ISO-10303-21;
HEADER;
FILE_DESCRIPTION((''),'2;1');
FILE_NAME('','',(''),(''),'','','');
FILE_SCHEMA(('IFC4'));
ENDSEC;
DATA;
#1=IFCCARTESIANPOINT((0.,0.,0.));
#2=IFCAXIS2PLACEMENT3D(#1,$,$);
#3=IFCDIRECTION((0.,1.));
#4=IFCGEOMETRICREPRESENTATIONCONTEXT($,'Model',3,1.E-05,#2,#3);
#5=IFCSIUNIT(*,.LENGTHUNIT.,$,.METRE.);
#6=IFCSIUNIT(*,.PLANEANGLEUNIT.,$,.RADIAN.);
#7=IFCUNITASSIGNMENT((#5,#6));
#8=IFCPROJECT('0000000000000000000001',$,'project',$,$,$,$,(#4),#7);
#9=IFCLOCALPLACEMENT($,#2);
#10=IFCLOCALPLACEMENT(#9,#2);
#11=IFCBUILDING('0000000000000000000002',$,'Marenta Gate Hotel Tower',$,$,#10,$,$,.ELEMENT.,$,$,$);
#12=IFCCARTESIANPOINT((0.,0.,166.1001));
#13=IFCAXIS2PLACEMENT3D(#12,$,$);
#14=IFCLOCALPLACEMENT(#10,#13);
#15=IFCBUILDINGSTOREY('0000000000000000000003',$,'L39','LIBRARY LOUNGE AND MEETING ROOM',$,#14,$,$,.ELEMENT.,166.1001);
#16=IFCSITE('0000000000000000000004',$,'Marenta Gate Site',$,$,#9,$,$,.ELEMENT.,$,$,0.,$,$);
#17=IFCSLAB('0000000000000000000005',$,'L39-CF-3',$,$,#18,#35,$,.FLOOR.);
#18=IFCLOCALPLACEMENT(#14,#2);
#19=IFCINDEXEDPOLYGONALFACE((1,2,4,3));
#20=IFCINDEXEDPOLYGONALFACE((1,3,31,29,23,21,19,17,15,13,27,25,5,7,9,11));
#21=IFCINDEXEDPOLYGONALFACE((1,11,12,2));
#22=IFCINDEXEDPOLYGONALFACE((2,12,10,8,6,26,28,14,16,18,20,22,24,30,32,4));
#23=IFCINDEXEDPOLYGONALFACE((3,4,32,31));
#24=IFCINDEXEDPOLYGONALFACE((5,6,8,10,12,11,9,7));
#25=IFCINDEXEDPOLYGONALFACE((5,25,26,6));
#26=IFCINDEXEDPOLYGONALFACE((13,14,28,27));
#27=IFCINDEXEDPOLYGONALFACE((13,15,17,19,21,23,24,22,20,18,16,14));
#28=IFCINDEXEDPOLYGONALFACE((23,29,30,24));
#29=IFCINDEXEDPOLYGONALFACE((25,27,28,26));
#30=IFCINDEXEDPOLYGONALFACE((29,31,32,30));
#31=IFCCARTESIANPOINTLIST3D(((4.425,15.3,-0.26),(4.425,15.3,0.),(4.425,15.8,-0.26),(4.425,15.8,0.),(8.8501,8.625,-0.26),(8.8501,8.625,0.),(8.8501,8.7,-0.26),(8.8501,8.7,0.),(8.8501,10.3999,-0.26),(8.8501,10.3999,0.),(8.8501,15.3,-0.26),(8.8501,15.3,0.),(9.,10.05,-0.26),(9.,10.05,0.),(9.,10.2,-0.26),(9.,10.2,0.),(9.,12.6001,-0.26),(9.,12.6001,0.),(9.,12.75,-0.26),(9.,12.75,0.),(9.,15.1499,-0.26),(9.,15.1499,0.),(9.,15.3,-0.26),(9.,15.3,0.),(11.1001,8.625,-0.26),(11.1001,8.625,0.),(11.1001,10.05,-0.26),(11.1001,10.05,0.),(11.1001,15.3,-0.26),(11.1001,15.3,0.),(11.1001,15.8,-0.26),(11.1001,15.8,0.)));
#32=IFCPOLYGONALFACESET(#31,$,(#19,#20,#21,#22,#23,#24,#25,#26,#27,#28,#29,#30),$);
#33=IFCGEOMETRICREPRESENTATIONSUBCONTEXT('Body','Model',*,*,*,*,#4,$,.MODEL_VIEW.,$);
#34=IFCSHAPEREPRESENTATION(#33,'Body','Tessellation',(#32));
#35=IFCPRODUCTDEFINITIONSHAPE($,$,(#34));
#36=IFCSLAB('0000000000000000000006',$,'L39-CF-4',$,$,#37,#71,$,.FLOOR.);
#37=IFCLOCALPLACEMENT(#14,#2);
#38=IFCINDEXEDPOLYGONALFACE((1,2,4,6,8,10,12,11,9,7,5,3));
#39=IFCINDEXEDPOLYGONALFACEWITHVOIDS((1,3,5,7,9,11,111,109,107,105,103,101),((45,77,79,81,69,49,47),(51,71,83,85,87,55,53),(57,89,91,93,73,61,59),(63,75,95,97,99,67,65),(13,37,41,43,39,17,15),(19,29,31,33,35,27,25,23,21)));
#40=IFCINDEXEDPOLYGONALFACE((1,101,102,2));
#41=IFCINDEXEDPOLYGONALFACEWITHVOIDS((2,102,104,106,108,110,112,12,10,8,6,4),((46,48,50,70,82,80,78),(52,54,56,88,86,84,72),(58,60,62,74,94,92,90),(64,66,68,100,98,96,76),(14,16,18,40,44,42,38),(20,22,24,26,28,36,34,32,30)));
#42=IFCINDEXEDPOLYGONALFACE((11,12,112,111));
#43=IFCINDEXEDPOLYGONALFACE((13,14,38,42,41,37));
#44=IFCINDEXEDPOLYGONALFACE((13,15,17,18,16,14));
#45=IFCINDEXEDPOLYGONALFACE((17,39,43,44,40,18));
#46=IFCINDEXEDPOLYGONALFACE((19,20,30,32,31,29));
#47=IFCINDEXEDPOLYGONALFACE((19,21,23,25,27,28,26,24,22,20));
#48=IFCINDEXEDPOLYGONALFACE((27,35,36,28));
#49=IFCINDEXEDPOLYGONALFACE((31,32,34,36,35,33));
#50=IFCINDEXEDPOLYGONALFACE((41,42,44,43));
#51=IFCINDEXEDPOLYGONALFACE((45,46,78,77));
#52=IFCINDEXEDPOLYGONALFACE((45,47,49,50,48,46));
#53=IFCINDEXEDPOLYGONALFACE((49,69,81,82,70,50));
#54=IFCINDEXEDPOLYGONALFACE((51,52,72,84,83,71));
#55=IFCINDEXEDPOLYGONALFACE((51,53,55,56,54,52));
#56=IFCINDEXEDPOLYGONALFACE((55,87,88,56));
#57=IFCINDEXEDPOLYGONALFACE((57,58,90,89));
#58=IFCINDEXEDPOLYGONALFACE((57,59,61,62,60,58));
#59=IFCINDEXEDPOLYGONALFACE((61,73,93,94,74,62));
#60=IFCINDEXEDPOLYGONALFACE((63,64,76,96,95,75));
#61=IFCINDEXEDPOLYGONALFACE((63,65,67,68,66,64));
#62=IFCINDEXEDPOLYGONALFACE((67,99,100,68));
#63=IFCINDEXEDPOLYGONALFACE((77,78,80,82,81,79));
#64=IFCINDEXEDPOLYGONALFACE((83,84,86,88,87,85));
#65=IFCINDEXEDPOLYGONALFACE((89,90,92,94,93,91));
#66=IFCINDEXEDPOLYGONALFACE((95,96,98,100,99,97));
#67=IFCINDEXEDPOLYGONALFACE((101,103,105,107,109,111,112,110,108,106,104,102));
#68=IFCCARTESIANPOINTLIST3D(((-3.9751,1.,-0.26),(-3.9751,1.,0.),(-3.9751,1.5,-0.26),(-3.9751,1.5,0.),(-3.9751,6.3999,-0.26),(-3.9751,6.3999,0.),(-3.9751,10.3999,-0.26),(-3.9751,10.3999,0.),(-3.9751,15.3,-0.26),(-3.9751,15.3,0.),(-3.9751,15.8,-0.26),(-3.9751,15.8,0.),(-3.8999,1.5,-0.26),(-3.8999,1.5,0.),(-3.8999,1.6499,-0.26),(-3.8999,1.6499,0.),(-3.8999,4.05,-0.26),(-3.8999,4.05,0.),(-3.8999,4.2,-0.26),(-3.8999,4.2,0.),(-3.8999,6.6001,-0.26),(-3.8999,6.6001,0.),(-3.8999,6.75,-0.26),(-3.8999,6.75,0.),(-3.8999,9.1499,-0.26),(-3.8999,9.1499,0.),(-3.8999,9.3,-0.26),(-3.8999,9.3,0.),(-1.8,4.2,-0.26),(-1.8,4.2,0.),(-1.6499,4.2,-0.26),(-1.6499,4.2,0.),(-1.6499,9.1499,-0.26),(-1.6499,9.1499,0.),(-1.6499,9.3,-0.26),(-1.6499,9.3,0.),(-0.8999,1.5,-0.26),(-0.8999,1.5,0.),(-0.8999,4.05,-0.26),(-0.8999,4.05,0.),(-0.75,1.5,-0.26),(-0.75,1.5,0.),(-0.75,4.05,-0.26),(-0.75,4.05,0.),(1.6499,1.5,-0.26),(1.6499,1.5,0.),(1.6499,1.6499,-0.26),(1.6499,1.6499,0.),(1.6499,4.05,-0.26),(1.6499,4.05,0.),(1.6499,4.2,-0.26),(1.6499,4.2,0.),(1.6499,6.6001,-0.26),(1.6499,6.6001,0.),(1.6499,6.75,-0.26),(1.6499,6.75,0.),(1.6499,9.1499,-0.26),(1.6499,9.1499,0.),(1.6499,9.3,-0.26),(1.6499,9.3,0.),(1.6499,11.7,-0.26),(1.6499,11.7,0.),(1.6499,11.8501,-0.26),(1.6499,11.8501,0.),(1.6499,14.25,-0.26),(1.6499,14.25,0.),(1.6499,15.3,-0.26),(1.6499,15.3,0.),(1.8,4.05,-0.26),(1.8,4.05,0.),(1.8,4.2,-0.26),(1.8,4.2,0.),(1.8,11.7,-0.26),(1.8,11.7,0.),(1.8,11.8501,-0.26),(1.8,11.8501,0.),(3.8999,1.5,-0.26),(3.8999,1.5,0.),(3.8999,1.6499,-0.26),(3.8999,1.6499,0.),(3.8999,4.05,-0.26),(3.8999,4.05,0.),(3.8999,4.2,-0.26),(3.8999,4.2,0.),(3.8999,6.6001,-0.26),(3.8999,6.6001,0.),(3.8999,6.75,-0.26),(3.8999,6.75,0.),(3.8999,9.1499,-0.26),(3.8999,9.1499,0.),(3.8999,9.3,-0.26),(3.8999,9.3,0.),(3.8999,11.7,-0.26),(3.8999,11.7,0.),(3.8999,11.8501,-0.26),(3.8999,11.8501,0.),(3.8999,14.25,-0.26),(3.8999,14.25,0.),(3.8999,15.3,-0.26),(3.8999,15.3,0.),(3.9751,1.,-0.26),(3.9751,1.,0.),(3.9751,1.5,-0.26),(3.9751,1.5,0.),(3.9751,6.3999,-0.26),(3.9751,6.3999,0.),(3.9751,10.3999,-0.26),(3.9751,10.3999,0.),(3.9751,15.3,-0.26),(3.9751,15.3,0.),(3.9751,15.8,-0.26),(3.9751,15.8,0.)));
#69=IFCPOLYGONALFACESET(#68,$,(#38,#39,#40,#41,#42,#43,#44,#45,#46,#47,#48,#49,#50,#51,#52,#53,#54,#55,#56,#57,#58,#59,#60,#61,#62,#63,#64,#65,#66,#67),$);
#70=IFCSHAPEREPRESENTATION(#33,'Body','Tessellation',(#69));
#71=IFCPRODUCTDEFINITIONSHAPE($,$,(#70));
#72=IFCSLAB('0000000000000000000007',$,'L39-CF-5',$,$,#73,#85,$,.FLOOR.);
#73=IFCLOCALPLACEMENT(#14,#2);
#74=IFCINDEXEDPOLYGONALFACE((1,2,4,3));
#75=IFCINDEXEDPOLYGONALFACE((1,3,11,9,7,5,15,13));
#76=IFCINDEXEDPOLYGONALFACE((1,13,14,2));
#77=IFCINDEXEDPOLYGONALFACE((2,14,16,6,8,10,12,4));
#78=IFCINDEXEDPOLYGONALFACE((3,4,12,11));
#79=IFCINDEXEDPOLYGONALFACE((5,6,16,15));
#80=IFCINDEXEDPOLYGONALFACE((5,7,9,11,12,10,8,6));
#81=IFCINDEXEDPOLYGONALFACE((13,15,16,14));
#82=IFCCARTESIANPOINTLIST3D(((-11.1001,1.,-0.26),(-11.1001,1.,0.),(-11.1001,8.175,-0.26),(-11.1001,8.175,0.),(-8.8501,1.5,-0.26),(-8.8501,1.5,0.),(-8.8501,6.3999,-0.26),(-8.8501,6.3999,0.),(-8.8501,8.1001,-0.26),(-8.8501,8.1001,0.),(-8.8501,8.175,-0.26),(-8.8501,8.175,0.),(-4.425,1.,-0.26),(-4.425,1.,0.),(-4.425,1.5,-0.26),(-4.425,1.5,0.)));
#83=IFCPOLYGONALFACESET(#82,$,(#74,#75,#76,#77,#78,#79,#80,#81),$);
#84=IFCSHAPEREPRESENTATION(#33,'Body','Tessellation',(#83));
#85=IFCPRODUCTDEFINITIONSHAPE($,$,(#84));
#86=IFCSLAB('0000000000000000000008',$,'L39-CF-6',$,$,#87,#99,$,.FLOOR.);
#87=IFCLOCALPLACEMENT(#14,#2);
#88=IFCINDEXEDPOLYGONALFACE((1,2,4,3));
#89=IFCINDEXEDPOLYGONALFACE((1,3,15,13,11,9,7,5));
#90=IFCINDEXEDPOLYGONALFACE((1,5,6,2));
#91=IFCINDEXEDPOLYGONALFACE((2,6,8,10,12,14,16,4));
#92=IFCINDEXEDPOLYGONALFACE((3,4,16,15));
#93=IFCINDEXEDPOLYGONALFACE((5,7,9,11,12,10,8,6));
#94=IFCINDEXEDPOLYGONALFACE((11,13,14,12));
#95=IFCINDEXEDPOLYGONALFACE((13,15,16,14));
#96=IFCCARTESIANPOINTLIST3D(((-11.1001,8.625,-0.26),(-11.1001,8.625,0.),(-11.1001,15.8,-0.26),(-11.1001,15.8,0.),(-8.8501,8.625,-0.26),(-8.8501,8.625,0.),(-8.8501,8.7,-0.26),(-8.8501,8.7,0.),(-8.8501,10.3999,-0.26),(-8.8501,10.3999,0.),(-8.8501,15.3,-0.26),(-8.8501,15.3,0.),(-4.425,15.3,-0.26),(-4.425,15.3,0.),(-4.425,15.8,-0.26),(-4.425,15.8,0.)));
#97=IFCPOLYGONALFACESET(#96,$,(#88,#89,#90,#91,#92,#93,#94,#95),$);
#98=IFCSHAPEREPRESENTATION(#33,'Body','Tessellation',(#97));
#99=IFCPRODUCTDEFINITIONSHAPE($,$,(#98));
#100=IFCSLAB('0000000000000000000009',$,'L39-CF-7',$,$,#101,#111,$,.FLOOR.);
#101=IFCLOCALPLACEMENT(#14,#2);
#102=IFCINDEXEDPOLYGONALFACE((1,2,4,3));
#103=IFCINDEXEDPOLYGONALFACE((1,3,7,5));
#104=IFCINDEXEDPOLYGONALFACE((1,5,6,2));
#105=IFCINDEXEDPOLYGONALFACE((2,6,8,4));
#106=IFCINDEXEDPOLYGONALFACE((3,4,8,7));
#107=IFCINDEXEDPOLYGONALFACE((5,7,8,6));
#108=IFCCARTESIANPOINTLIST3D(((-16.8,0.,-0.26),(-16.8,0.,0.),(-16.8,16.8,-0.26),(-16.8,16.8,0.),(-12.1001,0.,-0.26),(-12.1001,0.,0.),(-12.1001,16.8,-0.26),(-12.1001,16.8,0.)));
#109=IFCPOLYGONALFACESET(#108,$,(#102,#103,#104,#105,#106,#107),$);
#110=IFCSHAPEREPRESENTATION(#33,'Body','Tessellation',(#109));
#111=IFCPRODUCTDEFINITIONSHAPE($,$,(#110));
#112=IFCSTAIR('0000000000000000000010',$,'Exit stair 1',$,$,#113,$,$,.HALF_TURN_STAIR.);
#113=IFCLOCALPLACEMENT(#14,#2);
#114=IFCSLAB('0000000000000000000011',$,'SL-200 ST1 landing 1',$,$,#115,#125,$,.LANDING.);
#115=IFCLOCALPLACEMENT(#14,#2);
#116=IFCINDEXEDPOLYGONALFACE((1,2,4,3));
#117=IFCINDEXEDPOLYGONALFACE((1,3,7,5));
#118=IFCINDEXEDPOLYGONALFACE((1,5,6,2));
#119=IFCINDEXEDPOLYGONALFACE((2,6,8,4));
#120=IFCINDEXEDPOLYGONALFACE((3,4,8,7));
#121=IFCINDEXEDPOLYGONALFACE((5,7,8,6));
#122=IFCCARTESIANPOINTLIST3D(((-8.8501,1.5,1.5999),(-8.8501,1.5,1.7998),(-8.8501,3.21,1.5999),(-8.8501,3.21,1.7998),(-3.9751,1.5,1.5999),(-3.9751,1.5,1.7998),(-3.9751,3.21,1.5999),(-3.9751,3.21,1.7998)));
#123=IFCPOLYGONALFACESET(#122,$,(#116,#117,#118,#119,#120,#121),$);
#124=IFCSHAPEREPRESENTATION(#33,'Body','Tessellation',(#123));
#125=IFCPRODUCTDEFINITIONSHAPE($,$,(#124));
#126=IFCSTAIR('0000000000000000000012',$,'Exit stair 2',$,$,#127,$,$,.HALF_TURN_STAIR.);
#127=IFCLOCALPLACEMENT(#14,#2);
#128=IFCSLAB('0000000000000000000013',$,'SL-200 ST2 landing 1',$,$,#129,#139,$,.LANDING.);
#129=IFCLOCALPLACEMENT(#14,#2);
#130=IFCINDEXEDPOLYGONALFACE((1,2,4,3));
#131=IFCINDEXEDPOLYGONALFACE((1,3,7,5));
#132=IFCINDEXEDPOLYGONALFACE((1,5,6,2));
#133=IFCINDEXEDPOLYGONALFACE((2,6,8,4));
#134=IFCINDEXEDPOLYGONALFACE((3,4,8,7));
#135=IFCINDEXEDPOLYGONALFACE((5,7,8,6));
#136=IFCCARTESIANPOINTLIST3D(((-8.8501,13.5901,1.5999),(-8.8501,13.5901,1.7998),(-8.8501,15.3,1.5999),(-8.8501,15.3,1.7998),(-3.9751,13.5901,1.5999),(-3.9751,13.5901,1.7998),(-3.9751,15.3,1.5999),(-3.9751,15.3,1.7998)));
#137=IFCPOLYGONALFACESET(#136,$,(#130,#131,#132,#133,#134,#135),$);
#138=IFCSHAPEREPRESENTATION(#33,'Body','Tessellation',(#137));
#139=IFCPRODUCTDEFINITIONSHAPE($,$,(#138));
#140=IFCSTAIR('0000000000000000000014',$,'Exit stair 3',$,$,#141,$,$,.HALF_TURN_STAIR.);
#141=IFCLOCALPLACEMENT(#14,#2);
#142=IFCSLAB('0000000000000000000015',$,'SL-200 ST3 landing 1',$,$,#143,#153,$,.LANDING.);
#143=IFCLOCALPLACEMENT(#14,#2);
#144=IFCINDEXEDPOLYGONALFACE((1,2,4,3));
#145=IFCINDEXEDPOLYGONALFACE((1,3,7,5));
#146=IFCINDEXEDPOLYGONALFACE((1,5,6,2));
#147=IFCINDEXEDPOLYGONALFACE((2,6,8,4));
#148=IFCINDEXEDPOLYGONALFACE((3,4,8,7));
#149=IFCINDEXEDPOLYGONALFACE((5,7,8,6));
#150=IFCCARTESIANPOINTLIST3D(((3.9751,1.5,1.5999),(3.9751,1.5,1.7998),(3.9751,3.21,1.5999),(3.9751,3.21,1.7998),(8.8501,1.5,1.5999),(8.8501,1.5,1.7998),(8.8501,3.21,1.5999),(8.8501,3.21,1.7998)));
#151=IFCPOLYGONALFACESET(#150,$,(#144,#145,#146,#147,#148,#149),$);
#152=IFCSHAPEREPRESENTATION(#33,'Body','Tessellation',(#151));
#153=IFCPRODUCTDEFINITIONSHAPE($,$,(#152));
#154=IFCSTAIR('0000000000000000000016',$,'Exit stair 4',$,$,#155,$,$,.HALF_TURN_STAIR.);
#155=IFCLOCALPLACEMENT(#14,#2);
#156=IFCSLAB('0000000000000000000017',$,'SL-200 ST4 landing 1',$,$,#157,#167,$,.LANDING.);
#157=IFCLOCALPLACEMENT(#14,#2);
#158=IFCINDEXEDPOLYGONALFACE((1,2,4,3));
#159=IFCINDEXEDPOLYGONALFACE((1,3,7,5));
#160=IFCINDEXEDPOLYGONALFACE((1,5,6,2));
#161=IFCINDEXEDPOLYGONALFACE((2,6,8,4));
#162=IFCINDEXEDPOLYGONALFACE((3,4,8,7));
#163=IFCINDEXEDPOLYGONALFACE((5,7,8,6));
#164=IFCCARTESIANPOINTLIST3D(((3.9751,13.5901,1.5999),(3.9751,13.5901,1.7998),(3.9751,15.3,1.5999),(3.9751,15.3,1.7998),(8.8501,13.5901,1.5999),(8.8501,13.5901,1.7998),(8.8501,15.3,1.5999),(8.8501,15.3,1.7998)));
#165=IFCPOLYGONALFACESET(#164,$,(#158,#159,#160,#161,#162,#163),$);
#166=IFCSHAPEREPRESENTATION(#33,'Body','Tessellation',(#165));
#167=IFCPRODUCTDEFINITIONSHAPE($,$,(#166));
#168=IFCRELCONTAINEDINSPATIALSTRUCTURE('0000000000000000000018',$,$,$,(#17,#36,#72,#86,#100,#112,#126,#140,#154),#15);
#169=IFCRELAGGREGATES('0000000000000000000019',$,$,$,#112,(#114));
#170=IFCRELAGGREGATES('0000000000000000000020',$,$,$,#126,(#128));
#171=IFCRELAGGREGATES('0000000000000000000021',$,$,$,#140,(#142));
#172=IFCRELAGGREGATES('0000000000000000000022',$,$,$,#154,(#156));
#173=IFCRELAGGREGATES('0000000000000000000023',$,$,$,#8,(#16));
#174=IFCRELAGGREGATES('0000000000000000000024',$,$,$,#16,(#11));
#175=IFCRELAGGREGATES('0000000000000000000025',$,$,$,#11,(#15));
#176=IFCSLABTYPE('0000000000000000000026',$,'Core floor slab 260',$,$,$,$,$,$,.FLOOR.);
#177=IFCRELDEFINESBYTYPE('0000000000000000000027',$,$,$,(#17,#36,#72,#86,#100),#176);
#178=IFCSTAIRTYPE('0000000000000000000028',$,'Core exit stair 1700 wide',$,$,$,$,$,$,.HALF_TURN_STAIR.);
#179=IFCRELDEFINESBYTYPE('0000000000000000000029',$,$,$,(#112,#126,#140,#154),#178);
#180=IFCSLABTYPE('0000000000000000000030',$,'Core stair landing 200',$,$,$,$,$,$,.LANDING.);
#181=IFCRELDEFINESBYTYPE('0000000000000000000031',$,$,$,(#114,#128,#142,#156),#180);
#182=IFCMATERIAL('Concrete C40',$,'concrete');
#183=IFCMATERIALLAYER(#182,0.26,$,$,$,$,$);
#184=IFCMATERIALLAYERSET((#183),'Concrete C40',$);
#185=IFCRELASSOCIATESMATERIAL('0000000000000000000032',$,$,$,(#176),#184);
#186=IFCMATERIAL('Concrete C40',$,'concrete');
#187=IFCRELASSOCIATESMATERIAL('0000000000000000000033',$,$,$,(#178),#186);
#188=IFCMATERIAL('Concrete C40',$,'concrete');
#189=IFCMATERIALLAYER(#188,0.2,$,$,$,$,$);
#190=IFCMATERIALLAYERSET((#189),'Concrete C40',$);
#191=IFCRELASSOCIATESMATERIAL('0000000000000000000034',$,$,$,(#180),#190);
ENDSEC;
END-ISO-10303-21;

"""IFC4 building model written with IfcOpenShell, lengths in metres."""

from ifc_helpers import new_model, si_unit, direction, frame, origin, place, context, subcontext, project, spatial, polyline, outline, extrude, material, layer, layer_set, type_object, element, aggregate, save


model = new_model("IFC4")

# Units and contexts
model_context = context("Model", 3, precision=1e-05, world=origin(), true_north=direction((0.0, 1.0)))
body_context = subcontext(model_context, "Body", "Model", "MODEL_VIEW")
ifc_project = project(units=[si_unit("LENGTHUNIT", "METRE"), si_unit("PLANEANGLEUNIT", "RADIAN")], contexts=[model_context])

# Site, building, storey
site_placement = place(None, origin())
site = spatial("IfcSite", under=ifc_project, at=site_placement, Name="Marenta Gate Site", CompositionType="ELEMENT", RefElevation=0.0)
building_placement = place(site_placement, origin())
building = spatial("IfcBuilding", under=site, at=building_placement, Name="Marenta Gate Hotel Tower", CompositionType="ELEMENT")
storey_placement = place(building_placement, frame((0.0, 0.0, 166.1001)))
storey = spatial("IfcBuildingStorey", under=building, at=storey_placement, Name="L39", Description="LIBRARY LOUNGE AND MEETING ROOM", CompositionType="ELEMENT", Elevation=166.1001)

# Slabs
ifc_material_1 = material(Name="Concrete C40", Category="concrete")
ifc_layer_1 = layer(ifc_material_1, 0.26)
ifc_layer_set_1 = layer_set([ifc_layer_1], Name="Concrete C40")
slab_type_1 = type_object("IfcSlabType", Name="Core floor slab 260", PredefinedType="FLOOR", material=ifc_layer_set_1)
slab_1_placement = place(storey_placement, frame((0.0, 0.0, -0.26)))
element("IfcSlab", 1, at=slab_1_placement, inside=storey, type_object=slab_type_1, Name="L39-CF-3", PredefinedType="FLOOR", context=body_context, shape_type="SweptSolid", body=[
    extrude(outline(polyline([(8.8501, 15.3), (4.425, 15.3), (4.425, 15.8), (11.1001, 15.8), (11.1001, 15.3), (9.0, 15.3), (9.0, 15.1499), (9.0, 12.75), (9.0, 12.6001), (9.0, 10.2), (9.0, 10.05), (11.1001, 10.05), (11.1001, 8.625), (8.8501, 8.625), (8.8501, 8.7), (8.8501, 10.3999), (8.8501, 15.3)])), origin(), (0.0, 0.0, 1.0), 0.26),
])
slab_2_placement = place(storey_placement, frame((0.0, 0.0, -0.26)))
element("IfcSlab", 2, at=slab_2_placement, inside=storey, type_object=slab_type_1, Name="L39-CF-4", PredefinedType="FLOOR", context=body_context, shape_type="SweptSolid", body=[
    extrude(outline(polyline([(3.9751, 15.3), (3.9751, 10.3999), (3.9751, 6.3999), (3.9751, 1.5), (3.9751, 1.0), (-3.9751, 1.0), (-3.9751, 1.5), (-3.9751, 6.3999), (-3.9751, 10.3999), (-3.9751, 15.3), (-3.9751, 15.8), (3.9751, 15.8), (3.9751, 15.3)]), holes=[polyline([(1.6499, 1.5), (3.8999, 1.5), (3.8999, 1.6499), (3.8999, 4.05), (1.8, 4.05), (1.6499, 4.05), (1.6499, 1.6499), (1.6499, 1.5)]), polyline([(1.6499, 6.6001), (1.6499, 4.2), (1.8, 4.2), (3.8999, 4.2), (3.8999, 6.6001), (3.8999, 6.75), (1.6499, 6.75), (1.6499, 6.6001)]), polyline([(1.6499, 9.1499), (3.8999, 9.1499), (3.8999, 9.3), (3.8999, 11.7), (1.8, 11.7), (1.6499, 11.7), (1.6499, 9.3), (1.6499, 9.1499)]), polyline([(1.6499, 15.3), (1.6499, 14.25), (1.6499, 11.8501), (1.8, 11.8501), (3.8999, 11.8501), (3.8999, 14.25), (3.8999, 15.3), (1.6499, 15.3)]), polyline([(-3.8999, 4.05), (-3.8999, 1.6499), (-3.8999, 1.5), (-0.8999, 1.5), (-0.75, 1.5), (-0.75, 4.05), (-0.8999, 4.05), (-3.8999, 4.05)]), polyline([(-1.8, 4.2), (-1.6499, 4.2), (-1.6499, 9.1499), (-1.6499, 9.3), (-3.8999, 9.3), (-3.8999, 9.1499), (-3.8999, 6.75), (-3.8999, 6.6001), (-3.8999, 4.2), (-1.8, 4.2)])]), origin(), (0.0, 0.0, 1.0), 0.26),
])
slab_3_placement = place(storey_placement, frame((0.0, 0.0, -0.26)))
element("IfcSlab", 3, at=slab_3_placement, inside=storey, type_object=slab_type_1, Name="L39-CF-5", PredefinedType="FLOOR", context=body_context, shape_type="SweptSolid", body=[
    extrude(outline(polyline([(-8.8501, 8.175), (-8.8501, 8.1001), (-8.8501, 6.3999), (-8.8501, 1.5), (-4.425, 1.5), (-4.425, 1.0), (-11.1001, 1.0), (-11.1001, 8.175), (-8.8501, 8.175)])), origin(), (0.0, 0.0, 1.0), 0.26),
])
slab_4_placement = place(storey_placement, frame((0.0, 0.0, -0.26)))
element("IfcSlab", 4, at=slab_4_placement, inside=storey, type_object=slab_type_1, Name="L39-CF-6", PredefinedType="FLOOR", context=body_context, shape_type="SweptSolid", body=[
    extrude(outline(polyline([(-4.425, 15.3), (-8.8501, 15.3), (-8.8501, 10.3999), (-8.8501, 8.7), (-8.8501, 8.625), (-11.1001, 8.625), (-11.1001, 15.8), (-4.425, 15.8), (-4.425, 15.3)])), origin(), (0.0, 0.0, 1.0), 0.26),
])
slab_5_placement = place(storey_placement, frame((0.0, 0.0, -0.26)))
element("IfcSlab", 5, at=slab_5_placement, inside=storey, type_object=slab_type_1, Name="L39-CF-7", PredefinedType="FLOOR", context=body_context, shape_type="SweptSolid", body=[
    extrude(outline(polyline([(-12.1001, 16.8), (-12.1001, 0.0), (-16.8, 0.0), (-16.8, 16.8), (-12.1001, 16.8)])), origin(), (0.0, 0.0, 1.0), 0.26),
])

# Stairs, slabs
ifc_material_2 = material(Name="Concrete C40", Category="concrete")
stair_type = type_object("IfcStairType", Name="Core exit stair 1700 wide", PredefinedType="HALF_TURN_STAIR", material=ifc_material_2)
stair_1_placement = place(storey_placement, origin())
stair_1 = element("IfcStair", 6, at=stair_1_placement, inside=storey, type_object=stair_type, Name="Exit stair 1", PredefinedType="HALF_TURN_STAIR")
ifc_material_3 = material(Name="Concrete C40", Category="concrete")
ifc_layer_2 = layer(ifc_material_3, 0.2)
ifc_layer_set_2 = layer_set([ifc_layer_2], Name="Concrete C40")
slab_type_2 = type_object("IfcSlabType", Name="Core stair landing 200", PredefinedType="LANDING", material=ifc_layer_set_2)
slab_6_placement = place(storey_placement, frame((0.0, 0.0, 1.5999)))
slab_6 = element("IfcSlab", 7, at=slab_6_placement, type_object=slab_type_2, Name="SL-200 ST1 landing 1", PredefinedType="LANDING", context=body_context, shape_type="SweptSolid", body=[
    extrude(outline(polyline([(-8.8501, 1.5), (-3.9751, 1.5), (-3.9751, 3.21), (-8.8501, 3.21), (-8.8501, 1.5)])), origin(), (0.0, 0.0, 1.0), 0.2),
])
aggregate(stair_1, [slab_6])
stair_2_placement = place(storey_placement, origin())
stair_2 = element("IfcStair", 8, at=stair_2_placement, inside=storey, type_object=stair_type, Name="Exit stair 2", PredefinedType="HALF_TURN_STAIR")
slab_7_placement = place(storey_placement, frame((0.0, 0.0, 1.5999)))
slab_7 = element("IfcSlab", 9, at=slab_7_placement, type_object=slab_type_2, Name="SL-200 ST2 landing 1", PredefinedType="LANDING", context=body_context, shape_type="SweptSolid", body=[
    extrude(outline(polyline([(-8.8501, 13.5901), (-3.9751, 13.5901), (-3.9751, 15.3), (-8.8501, 15.3), (-8.8501, 13.5901)])), origin(), (0.0, 0.0, 1.0), 0.2),
])
aggregate(stair_2, [slab_7])
stair_3_placement = place(storey_placement, origin())
stair_3 = element("IfcStair", 10, at=stair_3_placement, inside=storey, type_object=stair_type, Name="Exit stair 3", PredefinedType="HALF_TURN_STAIR")
slab_8_placement = place(storey_placement, frame((0.0, 0.0, 1.5999)))
slab_8 = element("IfcSlab", 11, at=slab_8_placement, type_object=slab_type_2, Name="SL-200 ST3 landing 1", PredefinedType="LANDING", context=body_context, shape_type="SweptSolid", body=[
    extrude(outline(polyline([(3.9751, 1.5), (8.8501, 1.5), (8.8501, 3.21), (3.9751, 3.21), (3.9751, 1.5)])), origin(), (0.0, 0.0, 1.0), 0.2),
])
aggregate(stair_3, [slab_8])
stair_4_placement = place(storey_placement, origin())
stair_4 = element("IfcStair", 12, at=stair_4_placement, inside=storey, type_object=stair_type, Name="Exit stair 4", PredefinedType="HALF_TURN_STAIR")
slab_9_placement = place(storey_placement, frame((0.0, 0.0, 1.5999)))
slab_9 = element("IfcSlab", 13, at=slab_9_placement, type_object=slab_type_2, Name="SL-200 ST4 landing 1", PredefinedType="LANDING", context=body_context, shape_type="SweptSolid", body=[
    extrude(outline(polyline([(3.9751, 13.5901), (8.8501, 13.5901), (8.8501, 15.3), (3.9751, 15.3), (3.9751, 13.5901)])), origin(), (0.0, 0.0, 1.0), 0.2),
])
aggregate(stair_4, [slab_9])

save(model, "model.ifc")
